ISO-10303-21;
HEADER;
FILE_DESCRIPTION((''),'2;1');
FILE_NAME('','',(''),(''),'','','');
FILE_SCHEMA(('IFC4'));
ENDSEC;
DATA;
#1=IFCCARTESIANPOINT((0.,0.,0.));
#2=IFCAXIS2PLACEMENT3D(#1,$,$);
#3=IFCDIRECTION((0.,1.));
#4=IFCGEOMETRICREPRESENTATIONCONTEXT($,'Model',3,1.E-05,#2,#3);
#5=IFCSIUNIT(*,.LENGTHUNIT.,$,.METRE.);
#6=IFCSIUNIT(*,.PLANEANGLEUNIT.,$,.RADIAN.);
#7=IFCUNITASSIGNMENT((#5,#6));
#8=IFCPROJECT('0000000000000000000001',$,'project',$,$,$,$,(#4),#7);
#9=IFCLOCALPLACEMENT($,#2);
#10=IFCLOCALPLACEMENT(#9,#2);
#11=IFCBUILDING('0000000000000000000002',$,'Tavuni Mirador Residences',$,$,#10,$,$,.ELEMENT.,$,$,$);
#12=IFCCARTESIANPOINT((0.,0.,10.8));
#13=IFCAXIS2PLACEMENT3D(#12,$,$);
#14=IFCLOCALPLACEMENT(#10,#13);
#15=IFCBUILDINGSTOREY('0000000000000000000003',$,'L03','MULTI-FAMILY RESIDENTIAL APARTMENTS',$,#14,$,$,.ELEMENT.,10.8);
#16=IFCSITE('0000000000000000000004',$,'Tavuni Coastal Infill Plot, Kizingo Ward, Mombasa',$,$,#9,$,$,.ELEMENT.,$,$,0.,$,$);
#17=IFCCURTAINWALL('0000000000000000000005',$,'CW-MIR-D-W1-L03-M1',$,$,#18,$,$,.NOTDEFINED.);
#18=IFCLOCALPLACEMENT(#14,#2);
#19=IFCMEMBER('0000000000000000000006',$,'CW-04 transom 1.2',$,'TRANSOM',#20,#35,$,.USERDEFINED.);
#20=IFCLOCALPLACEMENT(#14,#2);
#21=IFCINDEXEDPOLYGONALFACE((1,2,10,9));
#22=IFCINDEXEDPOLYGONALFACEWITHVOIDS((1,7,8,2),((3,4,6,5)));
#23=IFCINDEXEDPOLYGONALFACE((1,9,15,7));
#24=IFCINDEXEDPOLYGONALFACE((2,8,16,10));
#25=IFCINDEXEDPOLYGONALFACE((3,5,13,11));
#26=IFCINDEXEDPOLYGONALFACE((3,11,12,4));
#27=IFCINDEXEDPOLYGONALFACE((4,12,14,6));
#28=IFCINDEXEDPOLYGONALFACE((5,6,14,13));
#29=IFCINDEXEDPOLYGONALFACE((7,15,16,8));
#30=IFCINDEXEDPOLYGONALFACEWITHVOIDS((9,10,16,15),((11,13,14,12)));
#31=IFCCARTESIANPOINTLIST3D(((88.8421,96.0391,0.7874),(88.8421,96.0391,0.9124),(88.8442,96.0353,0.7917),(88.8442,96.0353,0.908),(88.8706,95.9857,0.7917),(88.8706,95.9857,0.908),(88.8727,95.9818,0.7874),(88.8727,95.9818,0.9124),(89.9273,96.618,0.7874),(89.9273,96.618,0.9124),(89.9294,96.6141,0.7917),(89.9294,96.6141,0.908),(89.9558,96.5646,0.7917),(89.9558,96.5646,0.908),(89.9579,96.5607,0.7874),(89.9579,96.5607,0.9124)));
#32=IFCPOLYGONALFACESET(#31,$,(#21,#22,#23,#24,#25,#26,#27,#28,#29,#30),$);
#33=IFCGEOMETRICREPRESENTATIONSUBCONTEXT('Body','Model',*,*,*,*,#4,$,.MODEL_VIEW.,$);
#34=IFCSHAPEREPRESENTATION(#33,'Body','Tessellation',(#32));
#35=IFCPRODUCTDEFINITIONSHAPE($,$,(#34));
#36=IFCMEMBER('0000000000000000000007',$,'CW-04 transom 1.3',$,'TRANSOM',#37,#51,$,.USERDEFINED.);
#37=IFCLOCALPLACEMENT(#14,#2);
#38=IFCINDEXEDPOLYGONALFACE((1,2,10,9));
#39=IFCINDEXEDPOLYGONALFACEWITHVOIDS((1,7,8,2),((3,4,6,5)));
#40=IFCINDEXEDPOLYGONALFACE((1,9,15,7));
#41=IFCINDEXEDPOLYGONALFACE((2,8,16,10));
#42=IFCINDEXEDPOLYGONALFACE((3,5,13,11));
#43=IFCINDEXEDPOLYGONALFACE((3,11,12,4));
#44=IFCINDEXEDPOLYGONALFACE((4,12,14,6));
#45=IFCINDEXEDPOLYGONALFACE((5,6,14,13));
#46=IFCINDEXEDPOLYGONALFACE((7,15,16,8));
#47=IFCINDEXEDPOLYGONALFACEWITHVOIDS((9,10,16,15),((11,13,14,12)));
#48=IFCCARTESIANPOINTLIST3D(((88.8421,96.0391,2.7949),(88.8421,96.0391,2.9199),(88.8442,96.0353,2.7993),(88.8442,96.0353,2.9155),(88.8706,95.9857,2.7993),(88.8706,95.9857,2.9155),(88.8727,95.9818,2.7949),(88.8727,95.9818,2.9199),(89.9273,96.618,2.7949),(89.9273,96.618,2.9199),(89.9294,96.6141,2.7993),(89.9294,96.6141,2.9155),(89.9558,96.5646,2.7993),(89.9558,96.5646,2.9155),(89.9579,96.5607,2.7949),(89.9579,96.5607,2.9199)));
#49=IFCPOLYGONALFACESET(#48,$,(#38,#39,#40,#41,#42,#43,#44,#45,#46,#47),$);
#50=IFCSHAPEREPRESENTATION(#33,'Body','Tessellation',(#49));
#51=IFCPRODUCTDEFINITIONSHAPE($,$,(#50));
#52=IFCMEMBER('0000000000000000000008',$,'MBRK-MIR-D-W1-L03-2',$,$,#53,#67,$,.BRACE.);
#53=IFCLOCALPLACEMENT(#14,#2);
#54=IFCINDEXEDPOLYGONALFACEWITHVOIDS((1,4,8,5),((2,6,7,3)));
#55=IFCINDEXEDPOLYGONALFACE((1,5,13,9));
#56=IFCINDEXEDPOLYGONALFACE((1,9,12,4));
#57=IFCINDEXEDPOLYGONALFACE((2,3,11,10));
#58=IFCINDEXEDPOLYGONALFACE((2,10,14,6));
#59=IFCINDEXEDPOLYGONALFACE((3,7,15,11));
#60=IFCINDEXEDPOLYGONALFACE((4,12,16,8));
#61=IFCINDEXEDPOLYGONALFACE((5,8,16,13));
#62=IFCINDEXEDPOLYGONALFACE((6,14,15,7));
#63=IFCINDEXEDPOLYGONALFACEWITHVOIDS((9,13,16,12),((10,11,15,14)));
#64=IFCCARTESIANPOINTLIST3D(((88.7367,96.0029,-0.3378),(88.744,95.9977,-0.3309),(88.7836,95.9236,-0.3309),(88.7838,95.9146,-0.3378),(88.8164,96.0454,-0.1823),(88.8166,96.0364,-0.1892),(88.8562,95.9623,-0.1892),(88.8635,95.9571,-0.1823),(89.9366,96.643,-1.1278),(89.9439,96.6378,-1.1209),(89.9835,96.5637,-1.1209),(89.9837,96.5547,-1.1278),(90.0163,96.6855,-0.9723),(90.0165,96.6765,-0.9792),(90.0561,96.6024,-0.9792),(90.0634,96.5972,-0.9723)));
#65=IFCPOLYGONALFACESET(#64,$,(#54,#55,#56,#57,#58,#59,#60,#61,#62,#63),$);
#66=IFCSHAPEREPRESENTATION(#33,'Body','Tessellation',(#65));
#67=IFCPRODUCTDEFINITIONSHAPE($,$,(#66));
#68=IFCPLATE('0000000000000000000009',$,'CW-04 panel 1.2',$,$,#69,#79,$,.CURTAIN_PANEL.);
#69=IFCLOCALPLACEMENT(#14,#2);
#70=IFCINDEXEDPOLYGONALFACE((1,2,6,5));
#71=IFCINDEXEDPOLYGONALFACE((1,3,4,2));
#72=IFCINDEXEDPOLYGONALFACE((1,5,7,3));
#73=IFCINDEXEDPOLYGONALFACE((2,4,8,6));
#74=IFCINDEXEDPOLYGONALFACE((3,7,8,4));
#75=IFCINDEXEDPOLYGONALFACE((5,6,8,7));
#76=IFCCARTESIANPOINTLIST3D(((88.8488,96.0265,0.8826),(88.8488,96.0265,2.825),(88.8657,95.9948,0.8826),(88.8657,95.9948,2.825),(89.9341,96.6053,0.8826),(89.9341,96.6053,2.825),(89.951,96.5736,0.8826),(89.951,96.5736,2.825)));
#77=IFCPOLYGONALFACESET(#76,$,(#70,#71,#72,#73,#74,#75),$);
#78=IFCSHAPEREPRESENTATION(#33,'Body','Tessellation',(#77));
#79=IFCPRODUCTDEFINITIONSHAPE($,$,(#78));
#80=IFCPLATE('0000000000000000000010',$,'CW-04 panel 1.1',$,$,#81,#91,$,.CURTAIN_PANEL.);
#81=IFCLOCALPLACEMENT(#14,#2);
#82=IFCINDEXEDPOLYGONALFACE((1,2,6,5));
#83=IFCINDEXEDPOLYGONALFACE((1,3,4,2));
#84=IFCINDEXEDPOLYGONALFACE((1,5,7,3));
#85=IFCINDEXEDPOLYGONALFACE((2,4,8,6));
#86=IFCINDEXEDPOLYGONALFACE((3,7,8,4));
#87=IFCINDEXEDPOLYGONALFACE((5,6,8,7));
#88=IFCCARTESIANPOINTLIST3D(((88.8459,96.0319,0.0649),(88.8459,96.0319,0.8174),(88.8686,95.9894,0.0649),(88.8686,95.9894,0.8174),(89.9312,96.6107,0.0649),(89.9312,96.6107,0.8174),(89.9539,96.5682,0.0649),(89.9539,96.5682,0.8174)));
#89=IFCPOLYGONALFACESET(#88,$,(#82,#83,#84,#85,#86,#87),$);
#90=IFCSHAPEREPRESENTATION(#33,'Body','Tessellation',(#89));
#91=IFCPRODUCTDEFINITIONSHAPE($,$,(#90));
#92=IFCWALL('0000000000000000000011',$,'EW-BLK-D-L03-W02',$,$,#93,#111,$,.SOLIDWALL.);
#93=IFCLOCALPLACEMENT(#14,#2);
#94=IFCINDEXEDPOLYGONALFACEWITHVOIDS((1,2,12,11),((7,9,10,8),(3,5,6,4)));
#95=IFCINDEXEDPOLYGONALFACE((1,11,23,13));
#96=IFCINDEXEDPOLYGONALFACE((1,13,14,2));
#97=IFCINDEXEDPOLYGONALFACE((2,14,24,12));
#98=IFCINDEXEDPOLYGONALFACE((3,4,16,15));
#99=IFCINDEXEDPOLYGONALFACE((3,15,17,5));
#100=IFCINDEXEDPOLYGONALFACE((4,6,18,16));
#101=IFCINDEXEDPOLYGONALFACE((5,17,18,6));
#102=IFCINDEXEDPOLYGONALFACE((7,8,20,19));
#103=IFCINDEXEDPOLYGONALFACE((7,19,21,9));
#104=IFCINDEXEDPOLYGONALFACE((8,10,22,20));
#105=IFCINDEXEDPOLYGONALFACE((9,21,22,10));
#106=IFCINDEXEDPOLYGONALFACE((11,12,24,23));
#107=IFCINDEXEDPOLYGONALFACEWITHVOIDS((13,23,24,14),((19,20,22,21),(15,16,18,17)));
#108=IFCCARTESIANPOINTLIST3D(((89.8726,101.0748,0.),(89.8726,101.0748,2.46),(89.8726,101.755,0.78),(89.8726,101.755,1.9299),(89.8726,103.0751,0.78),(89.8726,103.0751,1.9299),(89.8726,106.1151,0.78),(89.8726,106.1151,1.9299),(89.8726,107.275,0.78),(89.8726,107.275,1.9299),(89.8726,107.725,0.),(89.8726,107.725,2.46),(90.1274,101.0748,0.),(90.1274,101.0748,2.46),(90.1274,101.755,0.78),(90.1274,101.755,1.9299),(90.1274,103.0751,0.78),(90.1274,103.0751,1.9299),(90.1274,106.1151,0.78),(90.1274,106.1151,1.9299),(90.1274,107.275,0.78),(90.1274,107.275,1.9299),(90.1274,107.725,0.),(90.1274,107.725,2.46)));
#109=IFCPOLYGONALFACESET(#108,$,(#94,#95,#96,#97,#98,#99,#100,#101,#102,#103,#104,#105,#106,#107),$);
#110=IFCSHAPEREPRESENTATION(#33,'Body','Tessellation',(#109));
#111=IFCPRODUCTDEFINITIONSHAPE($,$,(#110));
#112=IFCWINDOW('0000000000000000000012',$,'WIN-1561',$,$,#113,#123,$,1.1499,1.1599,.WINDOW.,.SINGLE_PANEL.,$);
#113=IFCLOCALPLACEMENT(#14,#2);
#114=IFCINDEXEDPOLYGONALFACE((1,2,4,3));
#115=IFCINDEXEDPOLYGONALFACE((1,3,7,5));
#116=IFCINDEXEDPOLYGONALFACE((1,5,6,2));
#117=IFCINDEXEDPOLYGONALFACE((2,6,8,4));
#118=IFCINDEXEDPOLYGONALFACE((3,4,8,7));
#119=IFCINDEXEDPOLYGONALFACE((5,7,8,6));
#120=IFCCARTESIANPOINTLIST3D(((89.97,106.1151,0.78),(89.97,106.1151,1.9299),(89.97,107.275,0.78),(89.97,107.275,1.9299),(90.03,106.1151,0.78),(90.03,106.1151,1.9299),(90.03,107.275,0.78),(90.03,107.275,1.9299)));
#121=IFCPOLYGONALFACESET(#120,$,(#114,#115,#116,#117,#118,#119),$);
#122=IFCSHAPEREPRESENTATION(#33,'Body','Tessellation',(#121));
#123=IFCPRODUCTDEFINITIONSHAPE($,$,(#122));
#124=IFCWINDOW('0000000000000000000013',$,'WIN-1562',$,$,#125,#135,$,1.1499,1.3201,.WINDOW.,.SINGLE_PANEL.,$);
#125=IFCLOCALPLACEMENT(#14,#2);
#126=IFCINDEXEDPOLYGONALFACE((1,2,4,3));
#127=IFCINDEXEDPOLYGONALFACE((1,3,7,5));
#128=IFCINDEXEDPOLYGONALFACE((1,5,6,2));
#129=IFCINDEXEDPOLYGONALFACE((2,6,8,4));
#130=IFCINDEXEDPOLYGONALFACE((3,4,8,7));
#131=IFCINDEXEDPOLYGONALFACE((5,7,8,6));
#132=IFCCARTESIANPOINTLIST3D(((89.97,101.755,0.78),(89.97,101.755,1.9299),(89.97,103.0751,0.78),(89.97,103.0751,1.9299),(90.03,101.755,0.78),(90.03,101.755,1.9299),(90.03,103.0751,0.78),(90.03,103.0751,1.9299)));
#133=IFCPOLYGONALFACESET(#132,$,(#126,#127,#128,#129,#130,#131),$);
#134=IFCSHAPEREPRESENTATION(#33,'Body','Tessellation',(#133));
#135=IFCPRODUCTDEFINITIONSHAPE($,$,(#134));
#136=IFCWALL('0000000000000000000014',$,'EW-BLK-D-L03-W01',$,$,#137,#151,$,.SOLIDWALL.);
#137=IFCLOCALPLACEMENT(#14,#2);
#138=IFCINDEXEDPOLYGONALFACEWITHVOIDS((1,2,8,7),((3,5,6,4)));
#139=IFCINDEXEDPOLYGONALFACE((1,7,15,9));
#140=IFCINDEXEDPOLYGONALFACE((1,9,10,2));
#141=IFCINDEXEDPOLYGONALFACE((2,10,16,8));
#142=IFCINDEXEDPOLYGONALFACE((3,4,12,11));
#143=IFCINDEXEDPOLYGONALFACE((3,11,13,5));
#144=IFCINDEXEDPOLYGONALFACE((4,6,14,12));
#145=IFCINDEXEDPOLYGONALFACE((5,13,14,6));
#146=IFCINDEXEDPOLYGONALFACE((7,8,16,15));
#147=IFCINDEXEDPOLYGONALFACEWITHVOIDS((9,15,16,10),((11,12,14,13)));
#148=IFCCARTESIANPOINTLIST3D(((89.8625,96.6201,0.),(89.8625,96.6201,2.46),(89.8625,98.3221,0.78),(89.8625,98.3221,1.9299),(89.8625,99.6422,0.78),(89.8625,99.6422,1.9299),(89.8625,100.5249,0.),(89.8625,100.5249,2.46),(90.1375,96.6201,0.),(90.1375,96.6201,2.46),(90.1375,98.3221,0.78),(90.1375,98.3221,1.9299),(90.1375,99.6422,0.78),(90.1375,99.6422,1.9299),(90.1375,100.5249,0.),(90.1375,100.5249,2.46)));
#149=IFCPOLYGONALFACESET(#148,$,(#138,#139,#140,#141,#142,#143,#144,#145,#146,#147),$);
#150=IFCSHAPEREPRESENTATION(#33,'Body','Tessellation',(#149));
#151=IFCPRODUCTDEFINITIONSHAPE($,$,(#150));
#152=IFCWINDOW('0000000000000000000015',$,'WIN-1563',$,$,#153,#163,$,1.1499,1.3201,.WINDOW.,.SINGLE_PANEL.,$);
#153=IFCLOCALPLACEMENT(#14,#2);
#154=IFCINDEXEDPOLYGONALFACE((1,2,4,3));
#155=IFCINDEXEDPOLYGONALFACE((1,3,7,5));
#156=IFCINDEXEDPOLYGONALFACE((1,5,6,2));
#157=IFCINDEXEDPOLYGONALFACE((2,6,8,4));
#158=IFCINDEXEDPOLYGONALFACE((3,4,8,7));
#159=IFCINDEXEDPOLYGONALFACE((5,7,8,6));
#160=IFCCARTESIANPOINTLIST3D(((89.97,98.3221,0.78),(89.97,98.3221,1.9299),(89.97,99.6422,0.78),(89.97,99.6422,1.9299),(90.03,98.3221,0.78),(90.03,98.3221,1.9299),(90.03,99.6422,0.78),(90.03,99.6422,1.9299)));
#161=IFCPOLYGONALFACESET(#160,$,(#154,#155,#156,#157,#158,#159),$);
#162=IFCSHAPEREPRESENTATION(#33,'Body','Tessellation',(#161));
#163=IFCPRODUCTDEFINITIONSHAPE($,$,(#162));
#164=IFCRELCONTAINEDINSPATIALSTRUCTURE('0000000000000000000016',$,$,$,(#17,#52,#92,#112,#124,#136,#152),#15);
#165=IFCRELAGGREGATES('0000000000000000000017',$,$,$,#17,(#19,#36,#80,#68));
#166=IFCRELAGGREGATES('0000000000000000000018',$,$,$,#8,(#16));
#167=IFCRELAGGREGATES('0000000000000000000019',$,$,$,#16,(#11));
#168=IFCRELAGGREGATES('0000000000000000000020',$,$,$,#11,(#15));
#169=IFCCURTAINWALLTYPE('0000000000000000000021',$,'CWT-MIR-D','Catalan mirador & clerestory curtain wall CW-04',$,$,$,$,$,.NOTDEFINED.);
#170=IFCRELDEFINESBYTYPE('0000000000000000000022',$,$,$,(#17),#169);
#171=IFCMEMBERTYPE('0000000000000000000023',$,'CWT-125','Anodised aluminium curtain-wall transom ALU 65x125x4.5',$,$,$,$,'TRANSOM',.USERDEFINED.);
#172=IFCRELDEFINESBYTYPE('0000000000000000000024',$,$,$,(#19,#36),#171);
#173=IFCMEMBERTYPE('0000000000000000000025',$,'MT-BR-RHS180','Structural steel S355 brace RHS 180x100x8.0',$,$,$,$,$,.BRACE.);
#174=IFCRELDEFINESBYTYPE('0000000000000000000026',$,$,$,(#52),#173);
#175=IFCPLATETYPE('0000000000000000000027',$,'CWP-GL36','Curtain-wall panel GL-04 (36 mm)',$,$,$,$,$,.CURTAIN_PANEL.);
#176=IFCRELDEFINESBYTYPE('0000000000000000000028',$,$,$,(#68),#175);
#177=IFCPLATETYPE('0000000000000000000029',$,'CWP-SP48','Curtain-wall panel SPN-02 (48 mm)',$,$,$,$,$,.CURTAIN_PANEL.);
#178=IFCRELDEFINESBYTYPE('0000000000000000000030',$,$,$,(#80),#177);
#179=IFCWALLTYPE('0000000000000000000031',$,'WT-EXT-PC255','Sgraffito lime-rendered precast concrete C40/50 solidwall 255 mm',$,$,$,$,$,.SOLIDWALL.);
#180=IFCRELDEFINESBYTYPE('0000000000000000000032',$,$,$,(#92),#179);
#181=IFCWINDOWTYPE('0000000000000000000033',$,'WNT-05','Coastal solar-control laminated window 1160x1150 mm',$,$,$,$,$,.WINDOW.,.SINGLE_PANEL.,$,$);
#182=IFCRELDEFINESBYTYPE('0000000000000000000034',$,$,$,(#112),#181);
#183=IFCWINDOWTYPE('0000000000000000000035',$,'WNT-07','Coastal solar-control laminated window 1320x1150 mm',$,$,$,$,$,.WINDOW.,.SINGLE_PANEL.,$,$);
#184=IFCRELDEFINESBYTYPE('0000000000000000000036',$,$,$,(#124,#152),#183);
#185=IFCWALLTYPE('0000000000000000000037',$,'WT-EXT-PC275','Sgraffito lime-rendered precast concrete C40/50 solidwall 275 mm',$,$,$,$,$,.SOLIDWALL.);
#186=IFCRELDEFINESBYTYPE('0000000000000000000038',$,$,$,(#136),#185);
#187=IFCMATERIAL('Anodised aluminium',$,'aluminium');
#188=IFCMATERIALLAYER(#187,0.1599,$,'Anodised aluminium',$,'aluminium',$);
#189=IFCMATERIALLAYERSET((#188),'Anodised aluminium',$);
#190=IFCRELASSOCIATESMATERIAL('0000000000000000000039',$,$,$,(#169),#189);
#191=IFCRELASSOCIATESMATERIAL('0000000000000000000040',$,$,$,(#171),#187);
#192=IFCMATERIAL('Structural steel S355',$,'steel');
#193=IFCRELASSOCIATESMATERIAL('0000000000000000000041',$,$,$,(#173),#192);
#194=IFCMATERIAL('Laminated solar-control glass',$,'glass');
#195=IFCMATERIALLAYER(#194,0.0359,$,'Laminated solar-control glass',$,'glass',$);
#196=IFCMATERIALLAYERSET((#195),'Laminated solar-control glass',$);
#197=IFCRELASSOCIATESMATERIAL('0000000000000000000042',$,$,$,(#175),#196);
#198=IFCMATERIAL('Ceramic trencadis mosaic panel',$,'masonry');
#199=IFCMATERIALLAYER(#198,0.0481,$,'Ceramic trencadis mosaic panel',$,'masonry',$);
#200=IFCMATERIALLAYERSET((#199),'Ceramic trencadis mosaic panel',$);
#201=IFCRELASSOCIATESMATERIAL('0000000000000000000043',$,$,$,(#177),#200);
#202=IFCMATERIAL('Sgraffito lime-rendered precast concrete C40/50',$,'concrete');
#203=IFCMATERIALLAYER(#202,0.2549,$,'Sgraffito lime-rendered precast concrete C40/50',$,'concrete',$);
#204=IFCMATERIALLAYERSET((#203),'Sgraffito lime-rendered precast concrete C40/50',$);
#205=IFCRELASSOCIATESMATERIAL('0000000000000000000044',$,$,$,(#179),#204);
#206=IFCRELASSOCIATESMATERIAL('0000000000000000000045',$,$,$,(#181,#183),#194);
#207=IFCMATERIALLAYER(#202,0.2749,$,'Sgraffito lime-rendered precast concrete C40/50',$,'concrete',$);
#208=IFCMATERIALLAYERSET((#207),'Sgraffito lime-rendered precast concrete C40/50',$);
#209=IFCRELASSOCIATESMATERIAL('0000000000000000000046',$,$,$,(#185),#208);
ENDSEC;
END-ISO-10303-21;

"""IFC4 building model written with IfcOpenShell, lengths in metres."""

from ifc_helpers import new_model, si_unit, direction, frame, frame_2d, origin, origin_2d, place, context, subcontext, project, spatial, rectangle, hollow_rectangle, extrude, material, layer, layer_set, material_profile, profile_set, type_object, element, fill, aggregate, save


model = new_model("IFC4")

# Units and contexts
model_context = context("Model", 3, precision=1e-05, world=origin(), true_north=direction((0.0, 1.0)))
body_context = subcontext(model_context, "Body", "Model", "MODEL_VIEW")
ifc_project = project(units=[si_unit("LENGTHUNIT", "METRE"), si_unit("PLANEANGLEUNIT", "RADIAN")], contexts=[model_context])

# Site, building, storey
site_placement = place(None, origin())
site = spatial("IfcSite", under=ifc_project, at=site_placement, Name="Tavuni Coastal Infill Plot, Kizingo Ward, Mombasa", CompositionType="ELEMENT", RefElevation=0.0)
building_placement = place(site_placement, origin())
building = spatial("IfcBuilding", under=site, at=building_placement, Name="Tavuni Mirador Residences", CompositionType="ELEMENT")
storey_placement = place(building_placement, frame((0.0, 0.0, 10.8)))
storey = spatial("IfcBuildingStorey", under=building, at=storey_placement, Name="L03", Description="MULTI-FAMILY RESIDENTIAL APARTMENTS", CompositionType="ELEMENT", Elevation=10.8)

# Shared definitions
ifc_material_1 = material(Name="Anodised aluminium", Category="aluminium")

# Curtain wall
ifc_layer_1 = layer(ifc_material_1, 0.1599, Name="Anodised aluminium", Category="aluminium")
ifc_layer_set_1 = layer_set([ifc_layer_1], Name="Anodised aluminium")
curtain_wall_type_1 = type_object("IfcCurtainWallType", Name="CWT-MIR-D", Description="Catalan mirador & clerestory curtain wall CW-04", PredefinedType="NOTDEFINED", material=ifc_layer_set_1)
curtain_wall_1_placement = place(storey_placement, origin())
curtain_wall_1 = element("IfcCurtainWall", 1, at=curtain_wall_1_placement, inside=storey, type_object=curtain_wall_type_1, Name="CW-MIR-D-W1-L03-M1", PredefinedType="NOTDEFINED")

# Members
ifc_material_profile_1 = material_profile(ifc_material_1, hollow_rectangle(XDim=0.0649, YDim=0.125, WallThickness=0.0044, at=origin_2d()), Name="ALU 65x125x4.5", Category="aluminium")
ifc_profile_set_1 = profile_set([ifc_material_profile_1], Name="Anodised aluminium")
member_type_1 = type_object("IfcMemberType", Name="CWT-125", Description="Anodised aluminium curtain-wall transom ALU 65x125x4.5", ElementType="TRANSOM", PredefinedType="USERDEFINED", material=ifc_profile_set_1)
member_1_placement = place(storey_placement, frame((89.9426, 96.5894, 0.8499), z_axis=(-0.882325, -0.47064, 0.0), x_axis=(0.47064, -0.882325, 0.0)))
member_1 = element("IfcMember", 2, at=member_1_placement, type_object=member_type_1, Name="CW-04 transom 1.2", ObjectType="TRANSOM", PredefinedType="USERDEFINED", context=body_context, shape_type="SweptSolid", body=[
    extrude(hollow_rectangle(XDim=0.0649, YDim=0.125, WallThickness=0.0044, at=origin_2d()), origin(), (0.0, 0.0, 1.0), 1.23),
])
member_2_placement = place(storey_placement, frame((89.9426, 96.5894, 2.8574), z_axis=(-0.882325, -0.47064, 0.0), x_axis=(0.47064, -0.882325, 0.0)))
member_2 = element("IfcMember", 3, at=member_2_placement, type_object=member_type_1, Name="CW-04 transom 1.3", ObjectType="TRANSOM", PredefinedType="USERDEFINED", context=body_context, shape_type="SweptSolid", body=[
    extrude(hollow_rectangle(XDim=0.0649, YDim=0.125, WallThickness=0.0044, at=origin_2d()), origin(), (0.0, 0.0, 1.0), 1.23),
])
ifc_material_2 = material(Name="Structural steel S355", Category="steel")
ifc_material_profile_2 = material_profile(ifc_material_2, hollow_rectangle(XDim=0.1001, YDim=0.1799, WallThickness=0.0081, at=origin_2d()), Name="RHS 180x100x8.0", Category="steel")
ifc_profile_set_2 = profile_set([ifc_material_profile_2], Name="Structural steel S355")
member_type_2 = type_object("IfcMemberType", Name="MT-BR-RHS180", Description="Structural steel S355 brace RHS 180x100x8.0", PredefinedType="BRACE", material=ifc_profile_set_2)
member_3_placement = place(storey_placement, frame((90.0, 96.6201, -1.05), z_axis=(-0.762921, -0.406995, 0.502302), x_axis=(0.470681, -0.882303, 0.0)))
element("IfcMember", 4, at=member_3_placement, inside=storey, type_object=member_type_2, Name="MBRK-MIR-D-W1-L03-2", PredefinedType="BRACE", context=body_context, shape_type="SweptSolid", body=[
    extrude(hollow_rectangle(XDim=0.1001, YDim=0.1799, WallThickness=0.0081, at=origin_2d()), origin(), (0.0, 0.0, 1.0), 1.5728),
])

# Plates
ifc_material_3 = material(Name="Laminated solar-control glass", Category="glass")
ifc_layer_2 = layer(ifc_material_3, 0.0359, Name="Laminated solar-control glass", Category="glass")
ifc_layer_set_2 = layer_set([ifc_layer_2], Name="Laminated solar-control glass")
plate_type_1 = type_object("IfcPlateType", Name="CWP-GL36", Description="Curtain-wall panel GL-04 (36 mm)", PredefinedType="CURTAIN_PANEL", material=ifc_layer_set_2)
plate_1_placement = place(storey_placement, frame((89.3999, 96.3, 0.8826), z_axis=(0.0, 0.0, 1.0), x_axis=(-0.882353, -0.470588, 0.0)))
plate_1 = element("IfcPlate", 5, at=plate_1_placement, type_object=plate_type_1, Name="CW-04 panel 1.2", PredefinedType="CURTAIN_PANEL", context=body_context, shape_type="SweptSolid", body=[
    extrude(rectangle(XDim=1.23, YDim=0.0359, at=origin_2d()), origin(), (0.0, 0.0, 1.0), 1.9424),
])
ifc_material_4 = material(Name="Ceramic trencadis mosaic panel", Category="masonry")
ifc_layer_3 = layer(ifc_material_4, 0.0481, Name="Ceramic trencadis mosaic panel", Category="masonry")
ifc_layer_set_3 = layer_set([ifc_layer_3], Name="Ceramic trencadis mosaic panel")
plate_type_2 = type_object("IfcPlateType", Name="CWP-SP48", Description="Curtain-wall panel SPN-02 (48 mm)", PredefinedType="CURTAIN_PANEL", material=ifc_layer_set_3)
plate_2_placement = place(storey_placement, frame((89.3999, 96.3, 0.0649), z_axis=(0.0, 0.0, 1.0), x_axis=(-0.882353, -0.470588, 0.0)))
plate_2 = element("IfcPlate", 6, at=plate_2_placement, type_object=plate_type_2, Name="CW-04 panel 1.1", PredefinedType="CURTAIN_PANEL", context=body_context, shape_type="SweptSolid", body=[
    extrude(rectangle(XDim=1.23, YDim=0.0481, at=origin_2d()), origin(), (0.0, 0.0, 1.0), 0.7524),
])
aggregate(curtain_wall_1, [member_1, member_2, plate_2, plate_1])

# Wall, openings, windows
ifc_material_5 = material(Name="Sgraffito lime-rendered precast concrete C40/50", Category="concrete")
ifc_layer_4 = layer(ifc_material_5, 0.2549, Name="Sgraffito lime-rendered precast concrete C40/50", Category="concrete")
ifc_layer_set_4 = layer_set([ifc_layer_4], Name="Sgraffito lime-rendered precast concrete C40/50")
wall_type_1 = type_object("IfcWallType", Name="WT-EXT-PC255", Description="Sgraffito lime-rendered precast concrete C40/50 solidwall 255 mm", PredefinedType="SOLIDWALL", material=ifc_layer_set_4)
wall_1_placement = place(storey_placement, frame((90.0, 107.7251, 0.0), z_axis=(0.0, 0.0, 1.0), x_axis=(0.0, -1.0, 0.0)))
wall_1 = element("IfcWall", 7, at=wall_1_placement, inside=storey, type_object=wall_type_1, Name="EW-BLK-D-L03-W02", PredefinedType="SOLIDWALL", context=body_context, shape_type="SweptSolid", body=[
    extrude(rectangle(XDim=6.6501, YDim=0.2549, at=frame_2d((3.3252, 0.0))), origin(), (0.0, 0.0, 1.0), 2.46),
])
opening_1_placement = place(wall_1_placement, frame((0.45, 0.0, 0.78)))
opening_1 = element("IfcOpeningElement", 8, at=opening_1_placement, cuts=wall_1, PredefinedType="OPENING", context=body_context, shape_type="SweptSolid", body=[
    extrude(rectangle(XDim=1.1599, YDim=1.1499, at=frame_2d((0.5801, 0.575))), frame((0.0, 0.1375, 0.0), z_axis=(0.0, -1.0, 0.0), x_axis=(1.0, 0.0, 0.0)), (0.0, 0.0, 1.0), 0.2749),
])
opening_2_placement = place(wall_1_placement, frame((4.6499, 0.0, 0.78)))
opening_2 = element("IfcOpeningElement", 9, at=opening_2_placement, cuts=wall_1, PredefinedType="OPENING", context=body_context, shape_type="SweptSolid", body=[
    extrude(rectangle(XDim=1.3201, YDim=1.1499, at=frame_2d((0.6602, 0.575))), frame((0.0, 0.1375, 0.0), z_axis=(0.0, -1.0, 0.0), x_axis=(1.0, 0.0, 0.0)), (0.0, 0.0, 1.0), 0.2749),
])
window_type_1 = type_object("IfcWindowType", Name="WNT-05", Description="Coastal solar-control laminated window 1160x1150 mm", PartitioningType="SINGLE_PANEL", PredefinedType="WINDOW", material=ifc_material_3)
window_1_placement = place(opening_1_placement, origin())
window_1 = element("IfcWindow", 10, at=window_1_placement, inside=storey, type_object=window_type_1, Name="WIN-1561", OverallHeight=1.1499, OverallWidth=1.1599, PartitioningType="SINGLE_PANEL", PredefinedType="WINDOW", context=body_context, shape_type="SweptSolid", body=[
    extrude(rectangle(XDim=1.1599, YDim=1.1499, at=frame_2d((0.5801, 0.575))), frame((0.0, 0.03, 0.0), z_axis=(0.0, -1.0, 0.0), x_axis=(1.0, 0.0, 0.0)), (0.0, 0.0, 1.0), 0.0601),
])
fill(opening_1, window_1)
window_type_2 = type_object("IfcWindowType", Name="WNT-07", Description="Coastal solar-control laminated window 1320x1150 mm", PartitioningType="SINGLE_PANEL", PredefinedType="WINDOW", material=ifc_material_3)
window_2_placement = place(opening_2_placement, origin())
window_2 = element("IfcWindow", 11, at=window_2_placement, inside=storey, type_object=window_type_2, Name="WIN-1562", OverallHeight=1.1499, OverallWidth=1.3201, PartitioningType="SINGLE_PANEL", PredefinedType="WINDOW", context=body_context, shape_type="SweptSolid", body=[
    extrude(rectangle(XDim=1.3201, YDim=1.1499, at=frame_2d((0.6602, 0.575))), frame((0.0, 0.03, 0.0), z_axis=(0.0, -1.0, 0.0), x_axis=(1.0, 0.0, 0.0)), (0.0, 0.0, 1.0), 0.0601),
])
fill(opening_2, window_2)

# Wall, opening, window
ifc_layer_5 = layer(ifc_material_5, 0.2749, Name="Sgraffito lime-rendered precast concrete C40/50", Category="concrete")
ifc_layer_set_5 = layer_set([ifc_layer_5], Name="Sgraffito lime-rendered precast concrete C40/50")
wall_type_2 = type_object("IfcWallType", Name="WT-EXT-PC275", Description="Sgraffito lime-rendered precast concrete C40/50 solidwall 275 mm", PredefinedType="SOLIDWALL", material=ifc_layer_set_5)
wall_2_placement = place(storey_placement, frame((90.0, 100.5249, 0.0), z_axis=(0.0, 0.0, 1.0), x_axis=(0.0, -1.0, 0.0)))
wall_2 = element("IfcWall", 12, at=wall_2_placement, inside=storey, type_object=wall_type_2, Name="EW-BLK-D-L03-W01", PredefinedType="SOLIDWALL", context=body_context, shape_type="SweptSolid", body=[
    extrude(rectangle(XDim=3.9048, YDim=0.2749, at=frame_2d((1.9524, 0.0))), origin(), (0.0, 0.0, 1.0), 2.46),
])
opening_3_placement = place(wall_2_placement, frame((0.8826, 0.0, 0.78)))
opening_3 = element("IfcOpeningElement", 13, at=opening_3_placement, cuts=wall_2, PredefinedType="OPENING", context=body_context, shape_type="SweptSolid", body=[
    extrude(rectangle(XDim=1.3201, YDim=1.1499, at=frame_2d((0.6602, 0.575))), frame((0.0, 0.1475, 0.0), z_axis=(0.0, -1.0, 0.0), x_axis=(1.0, 0.0, 0.0)), (0.0, 0.0, 1.0), 0.2949),
])
window_3_placement = place(opening_3_placement, origin())
window_3 = element("IfcWindow", 14, at=window_3_placement, inside=storey, type_object=window_type_2, Name="WIN-1563", OverallHeight=1.1499, OverallWidth=1.3201, PartitioningType="SINGLE_PANEL", PredefinedType="WINDOW", context=body_context, shape_type="SweptSolid", body=[
    extrude(rectangle(XDim=1.3201, YDim=1.1499, at=frame_2d((0.6602, 0.575))), frame((0.0, 0.03, 0.0), z_axis=(0.0, -1.0, 0.0), x_axis=(1.0, 0.0, 0.0)), (0.0, 0.0, 1.0), 0.0601),
])
fill(opening_3, window_3)

save(model, "model.ifc")
